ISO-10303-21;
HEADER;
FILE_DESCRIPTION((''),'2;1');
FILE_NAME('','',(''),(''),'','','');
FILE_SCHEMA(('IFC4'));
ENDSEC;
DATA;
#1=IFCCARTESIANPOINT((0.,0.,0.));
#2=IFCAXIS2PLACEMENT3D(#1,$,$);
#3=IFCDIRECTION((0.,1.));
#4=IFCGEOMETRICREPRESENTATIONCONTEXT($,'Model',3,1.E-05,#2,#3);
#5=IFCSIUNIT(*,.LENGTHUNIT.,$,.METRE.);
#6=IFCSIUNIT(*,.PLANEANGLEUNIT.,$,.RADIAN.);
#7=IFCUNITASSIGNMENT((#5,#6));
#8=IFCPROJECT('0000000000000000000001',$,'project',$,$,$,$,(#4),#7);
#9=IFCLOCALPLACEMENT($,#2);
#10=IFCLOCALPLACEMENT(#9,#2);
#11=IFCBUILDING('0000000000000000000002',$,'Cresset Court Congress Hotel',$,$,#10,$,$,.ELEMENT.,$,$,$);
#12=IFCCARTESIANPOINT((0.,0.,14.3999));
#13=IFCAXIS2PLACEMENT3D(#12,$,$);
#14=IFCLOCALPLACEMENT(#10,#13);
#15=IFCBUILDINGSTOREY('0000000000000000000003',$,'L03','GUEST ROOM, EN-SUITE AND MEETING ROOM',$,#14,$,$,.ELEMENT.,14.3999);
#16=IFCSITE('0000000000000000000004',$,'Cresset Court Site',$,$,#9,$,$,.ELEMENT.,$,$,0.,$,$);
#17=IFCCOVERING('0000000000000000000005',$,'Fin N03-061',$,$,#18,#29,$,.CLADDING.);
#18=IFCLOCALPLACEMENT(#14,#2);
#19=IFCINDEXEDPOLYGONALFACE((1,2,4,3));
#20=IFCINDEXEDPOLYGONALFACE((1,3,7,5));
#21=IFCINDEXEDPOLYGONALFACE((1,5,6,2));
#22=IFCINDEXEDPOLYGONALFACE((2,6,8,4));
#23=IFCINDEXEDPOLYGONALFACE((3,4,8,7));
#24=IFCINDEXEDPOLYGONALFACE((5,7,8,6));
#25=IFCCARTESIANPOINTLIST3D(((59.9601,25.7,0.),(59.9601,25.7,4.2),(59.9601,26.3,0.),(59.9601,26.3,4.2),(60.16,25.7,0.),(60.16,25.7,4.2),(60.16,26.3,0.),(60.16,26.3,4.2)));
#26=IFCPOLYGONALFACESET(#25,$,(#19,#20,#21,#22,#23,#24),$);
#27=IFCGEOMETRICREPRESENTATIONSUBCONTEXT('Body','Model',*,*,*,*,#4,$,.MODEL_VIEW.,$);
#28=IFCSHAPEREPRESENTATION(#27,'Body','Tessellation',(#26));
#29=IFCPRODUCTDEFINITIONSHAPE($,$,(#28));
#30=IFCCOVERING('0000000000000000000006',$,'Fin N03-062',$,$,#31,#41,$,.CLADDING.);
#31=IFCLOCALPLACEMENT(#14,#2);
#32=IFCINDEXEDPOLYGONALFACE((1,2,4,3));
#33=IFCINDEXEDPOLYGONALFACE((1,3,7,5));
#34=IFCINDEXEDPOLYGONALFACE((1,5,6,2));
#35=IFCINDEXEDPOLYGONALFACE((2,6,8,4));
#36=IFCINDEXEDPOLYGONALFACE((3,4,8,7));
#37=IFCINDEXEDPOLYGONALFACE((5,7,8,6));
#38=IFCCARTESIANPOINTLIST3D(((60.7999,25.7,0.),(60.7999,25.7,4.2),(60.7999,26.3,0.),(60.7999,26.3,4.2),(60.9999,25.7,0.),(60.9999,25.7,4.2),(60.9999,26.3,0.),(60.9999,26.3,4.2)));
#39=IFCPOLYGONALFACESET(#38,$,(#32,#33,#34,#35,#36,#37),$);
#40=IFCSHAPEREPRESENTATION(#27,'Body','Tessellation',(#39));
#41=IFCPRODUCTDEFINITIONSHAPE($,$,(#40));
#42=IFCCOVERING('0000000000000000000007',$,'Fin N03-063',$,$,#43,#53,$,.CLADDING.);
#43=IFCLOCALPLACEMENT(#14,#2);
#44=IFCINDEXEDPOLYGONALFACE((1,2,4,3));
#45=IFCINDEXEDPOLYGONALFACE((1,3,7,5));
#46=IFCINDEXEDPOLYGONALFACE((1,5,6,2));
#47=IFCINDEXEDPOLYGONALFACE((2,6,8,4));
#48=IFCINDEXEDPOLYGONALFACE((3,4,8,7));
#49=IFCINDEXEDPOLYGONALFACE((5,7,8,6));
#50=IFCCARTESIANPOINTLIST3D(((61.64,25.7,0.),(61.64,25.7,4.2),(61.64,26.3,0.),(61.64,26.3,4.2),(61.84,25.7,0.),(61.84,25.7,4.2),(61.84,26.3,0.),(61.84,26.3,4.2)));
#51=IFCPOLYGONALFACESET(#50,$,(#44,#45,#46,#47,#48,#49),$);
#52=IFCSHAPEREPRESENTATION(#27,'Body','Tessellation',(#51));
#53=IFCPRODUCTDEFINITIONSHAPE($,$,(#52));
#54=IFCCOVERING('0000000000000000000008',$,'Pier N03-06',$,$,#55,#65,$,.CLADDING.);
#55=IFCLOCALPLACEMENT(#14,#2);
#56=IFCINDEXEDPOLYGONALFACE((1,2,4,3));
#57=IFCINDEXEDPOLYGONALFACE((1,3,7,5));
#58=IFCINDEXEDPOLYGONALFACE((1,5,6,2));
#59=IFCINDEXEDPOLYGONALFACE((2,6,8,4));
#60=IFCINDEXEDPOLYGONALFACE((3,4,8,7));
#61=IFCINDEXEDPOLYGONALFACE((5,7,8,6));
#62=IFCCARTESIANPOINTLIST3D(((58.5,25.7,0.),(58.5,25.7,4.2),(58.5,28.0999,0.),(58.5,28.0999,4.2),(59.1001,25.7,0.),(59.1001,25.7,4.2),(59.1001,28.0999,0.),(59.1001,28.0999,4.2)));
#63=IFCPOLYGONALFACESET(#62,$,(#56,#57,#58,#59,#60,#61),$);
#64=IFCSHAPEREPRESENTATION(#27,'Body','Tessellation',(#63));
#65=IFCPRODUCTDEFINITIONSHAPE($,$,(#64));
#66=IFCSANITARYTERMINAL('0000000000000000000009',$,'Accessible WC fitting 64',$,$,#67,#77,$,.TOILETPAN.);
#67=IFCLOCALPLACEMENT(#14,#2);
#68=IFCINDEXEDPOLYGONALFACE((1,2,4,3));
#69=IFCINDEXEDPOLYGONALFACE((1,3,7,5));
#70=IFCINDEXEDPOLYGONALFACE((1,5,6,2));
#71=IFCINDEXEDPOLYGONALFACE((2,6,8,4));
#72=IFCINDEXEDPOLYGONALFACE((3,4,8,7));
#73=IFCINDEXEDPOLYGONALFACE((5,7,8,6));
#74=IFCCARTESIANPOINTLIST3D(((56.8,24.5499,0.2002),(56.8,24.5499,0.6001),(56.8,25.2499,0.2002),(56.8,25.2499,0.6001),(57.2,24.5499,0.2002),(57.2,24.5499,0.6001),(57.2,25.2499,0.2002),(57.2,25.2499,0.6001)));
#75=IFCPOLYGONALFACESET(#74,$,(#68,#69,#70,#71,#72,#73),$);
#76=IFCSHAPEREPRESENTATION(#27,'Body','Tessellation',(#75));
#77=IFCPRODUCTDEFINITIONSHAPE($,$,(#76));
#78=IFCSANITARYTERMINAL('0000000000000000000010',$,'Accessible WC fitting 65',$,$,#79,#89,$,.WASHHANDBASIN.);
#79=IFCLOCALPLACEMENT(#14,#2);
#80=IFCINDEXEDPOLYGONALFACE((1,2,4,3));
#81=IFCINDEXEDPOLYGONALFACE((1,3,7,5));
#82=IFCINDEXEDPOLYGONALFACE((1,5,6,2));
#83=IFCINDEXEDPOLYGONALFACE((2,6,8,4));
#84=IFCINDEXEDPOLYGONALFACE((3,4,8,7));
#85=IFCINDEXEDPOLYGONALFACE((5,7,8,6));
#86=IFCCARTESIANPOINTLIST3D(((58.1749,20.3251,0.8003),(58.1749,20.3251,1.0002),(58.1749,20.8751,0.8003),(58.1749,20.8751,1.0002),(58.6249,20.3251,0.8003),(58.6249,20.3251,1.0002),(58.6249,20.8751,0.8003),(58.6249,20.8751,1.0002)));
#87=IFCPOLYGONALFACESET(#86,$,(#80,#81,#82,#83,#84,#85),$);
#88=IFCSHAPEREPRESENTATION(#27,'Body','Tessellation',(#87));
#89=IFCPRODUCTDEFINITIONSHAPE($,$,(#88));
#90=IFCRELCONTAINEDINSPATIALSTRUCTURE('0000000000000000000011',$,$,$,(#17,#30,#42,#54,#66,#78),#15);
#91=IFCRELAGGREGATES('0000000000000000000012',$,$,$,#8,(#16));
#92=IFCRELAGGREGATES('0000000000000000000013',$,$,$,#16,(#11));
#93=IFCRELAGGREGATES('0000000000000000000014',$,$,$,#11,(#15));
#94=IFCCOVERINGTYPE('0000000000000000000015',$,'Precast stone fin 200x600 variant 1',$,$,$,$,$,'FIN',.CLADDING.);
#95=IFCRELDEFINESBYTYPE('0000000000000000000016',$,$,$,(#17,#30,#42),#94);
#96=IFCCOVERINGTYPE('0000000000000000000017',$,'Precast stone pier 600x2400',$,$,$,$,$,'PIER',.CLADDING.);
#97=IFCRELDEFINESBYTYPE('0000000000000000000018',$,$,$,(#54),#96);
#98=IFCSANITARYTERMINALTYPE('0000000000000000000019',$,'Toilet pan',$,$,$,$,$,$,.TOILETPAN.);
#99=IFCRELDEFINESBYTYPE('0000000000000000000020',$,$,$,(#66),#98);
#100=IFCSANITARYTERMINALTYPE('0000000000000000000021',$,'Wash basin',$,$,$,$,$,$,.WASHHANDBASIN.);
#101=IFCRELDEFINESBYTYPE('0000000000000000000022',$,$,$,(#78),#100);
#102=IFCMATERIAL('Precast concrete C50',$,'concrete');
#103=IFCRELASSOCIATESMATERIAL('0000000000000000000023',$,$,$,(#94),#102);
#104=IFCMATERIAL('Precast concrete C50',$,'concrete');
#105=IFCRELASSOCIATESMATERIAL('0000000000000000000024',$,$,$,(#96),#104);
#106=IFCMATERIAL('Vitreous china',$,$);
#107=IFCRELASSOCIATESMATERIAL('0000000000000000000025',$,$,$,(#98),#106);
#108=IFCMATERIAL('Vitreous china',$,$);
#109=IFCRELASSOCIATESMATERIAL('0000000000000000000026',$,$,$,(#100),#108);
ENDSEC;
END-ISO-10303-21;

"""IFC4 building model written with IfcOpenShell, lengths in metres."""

from ifc_helpers import new_model, si_unit, direction, frame, origin, origin_2d, place, context, subcontext, project, spatial, rectangle, extrude, material, type_object, element, save


model = new_model("IFC4")

# Units and contexts
model_context = context("Model", 3, precision=1e-05, world=origin(), true_north=direction((0.0, 1.0)))
body_context = subcontext(model_context, "Body", "Model", "MODEL_VIEW")
ifc_project = project(units=[si_unit("LENGTHUNIT", "METRE"), si_unit("PLANEANGLEUNIT", "RADIAN")], contexts=[model_context])

# Site, building, storey
site_placement = place(None, origin())
site = spatial("IfcSite", under=ifc_project, at=site_placement, Name="Cresset Court Site", CompositionType="ELEMENT", RefElevation=0.0)
building_placement = place(site_placement, origin())
building = spatial("IfcBuilding", under=site, at=building_placement, Name="Cresset Court Congress Hotel", CompositionType="ELEMENT")
storey_placement = place(building_placement, frame((0.0, 0.0, 14.3999)))
storey = spatial("IfcBuildingStorey", under=building, at=storey_placement, Name="L03", Description="GUEST ROOM, EN-SUITE AND MEETING ROOM", CompositionType="ELEMENT", Elevation=14.3999)

# Coverings
ifc_material_1 = material(Name="Precast concrete C50", Category="concrete")
covering_type_1 = type_object("IfcCoveringType", Name="Precast stone fin 200x600 variant 1", ElementType="FIN", PredefinedType="CLADDING", material=ifc_material_1)
for number, where, z_axis, x_axis, name in (
    (1, (60.0601, 26.0, 0.0), (0.0, 0.0, 1.0), (1.0, 0.0, 0.0), "Fin N03-061"),
    (2, (60.8999, 26.0, 0.0), (0.0, 0.0, 1.0), (1.0, 0.0, 0.0), "Fin N03-062"),
    (3, (61.74, 26.0, 0.0), (0.0, 0.0, 1.0), (1.0, 0.0, 0.0), "Fin N03-063"),
):
    element("IfcCovering", number, at=place(storey_placement, frame(where, z_axis=z_axis, x_axis=x_axis)), inside=storey, type_object=covering_type_1, Name=name, PredefinedType="CLADDING", context=body_context, shape_type="SweptSolid", body=[
        extrude(rectangle(XDim=0.2, YDim=0.6001, at=origin_2d()), origin(), (0.0, 0.0, 1.0), 4.2),
    ])
ifc_material_2 = material(Name="Precast concrete C50", Category="concrete")
covering_type_2 = type_object("IfcCoveringType", Name="Precast stone pier 600x2400", ElementType="PIER", PredefinedType="CLADDING", material=ifc_material_2)
covering_placement = place(storey_placement, frame((58.8, 26.8999, 0.0), z_axis=(0.0, 0.0, 1.0), x_axis=(1.0, 0.0, 0.0)))
element("IfcCovering", 4, at=covering_placement, inside=storey, type_object=covering_type_2, Name="Pier N03-06", PredefinedType="CLADDING", context=body_context, shape_type="SweptSolid", body=[
    extrude(rectangle(XDim=0.6001, YDim=2.3999, at=origin_2d()), origin(), (0.0, 0.0, 1.0), 4.2),
])

# Sanitary terminals
ifc_material_3 = material(Name="Vitreous china")
sanitary_terminal_type_1 = type_object("IfcSanitaryTerminalType", Name="Toilet pan", PredefinedType="TOILETPAN", material=ifc_material_3)
sanitary_terminal_1_placement = place(storey_placement, frame((57.0, 24.8999, 0.2002), z_axis=(0.0, 0.0, 1.0), x_axis=(1.0, 0.0, 0.0)))
element("IfcSanitaryTerminal", 5, at=sanitary_terminal_1_placement, inside=storey, type_object=sanitary_terminal_type_1, Name="Accessible WC fitting 64", PredefinedType="TOILETPAN", context=body_context, shape_type="SweptSolid", body=[
    extrude(rectangle(XDim=0.3999, YDim=0.7, at=origin_2d()), origin(), (0.0, 0.0, 1.0), 0.3999),
])
ifc_material_4 = material(Name="Vitreous china")
sanitary_terminal_type_2 = type_object("IfcSanitaryTerminalType", Name="Wash basin", PredefinedType="WASHHANDBASIN", material=ifc_material_4)
sanitary_terminal_2_placement = place(storey_placement, frame((58.3999, 20.6001, 0.8003), z_axis=(0.0, 0.0, 1.0), x_axis=(1.0, 0.0, 0.0)))
element("IfcSanitaryTerminal", 6, at=sanitary_terminal_2_placement, inside=storey, type_object=sanitary_terminal_type_2, Name="Accessible WC fitting 65", PredefinedType="WASHHANDBASIN", context=body_context, shape_type="SweptSolid", body=[
    extrude(rectangle(XDim=0.45, YDim=0.55, at=origin_2d()), origin(), (0.0, 0.0, 1.0), 0.2),
])

save(model, "model.ifc")
